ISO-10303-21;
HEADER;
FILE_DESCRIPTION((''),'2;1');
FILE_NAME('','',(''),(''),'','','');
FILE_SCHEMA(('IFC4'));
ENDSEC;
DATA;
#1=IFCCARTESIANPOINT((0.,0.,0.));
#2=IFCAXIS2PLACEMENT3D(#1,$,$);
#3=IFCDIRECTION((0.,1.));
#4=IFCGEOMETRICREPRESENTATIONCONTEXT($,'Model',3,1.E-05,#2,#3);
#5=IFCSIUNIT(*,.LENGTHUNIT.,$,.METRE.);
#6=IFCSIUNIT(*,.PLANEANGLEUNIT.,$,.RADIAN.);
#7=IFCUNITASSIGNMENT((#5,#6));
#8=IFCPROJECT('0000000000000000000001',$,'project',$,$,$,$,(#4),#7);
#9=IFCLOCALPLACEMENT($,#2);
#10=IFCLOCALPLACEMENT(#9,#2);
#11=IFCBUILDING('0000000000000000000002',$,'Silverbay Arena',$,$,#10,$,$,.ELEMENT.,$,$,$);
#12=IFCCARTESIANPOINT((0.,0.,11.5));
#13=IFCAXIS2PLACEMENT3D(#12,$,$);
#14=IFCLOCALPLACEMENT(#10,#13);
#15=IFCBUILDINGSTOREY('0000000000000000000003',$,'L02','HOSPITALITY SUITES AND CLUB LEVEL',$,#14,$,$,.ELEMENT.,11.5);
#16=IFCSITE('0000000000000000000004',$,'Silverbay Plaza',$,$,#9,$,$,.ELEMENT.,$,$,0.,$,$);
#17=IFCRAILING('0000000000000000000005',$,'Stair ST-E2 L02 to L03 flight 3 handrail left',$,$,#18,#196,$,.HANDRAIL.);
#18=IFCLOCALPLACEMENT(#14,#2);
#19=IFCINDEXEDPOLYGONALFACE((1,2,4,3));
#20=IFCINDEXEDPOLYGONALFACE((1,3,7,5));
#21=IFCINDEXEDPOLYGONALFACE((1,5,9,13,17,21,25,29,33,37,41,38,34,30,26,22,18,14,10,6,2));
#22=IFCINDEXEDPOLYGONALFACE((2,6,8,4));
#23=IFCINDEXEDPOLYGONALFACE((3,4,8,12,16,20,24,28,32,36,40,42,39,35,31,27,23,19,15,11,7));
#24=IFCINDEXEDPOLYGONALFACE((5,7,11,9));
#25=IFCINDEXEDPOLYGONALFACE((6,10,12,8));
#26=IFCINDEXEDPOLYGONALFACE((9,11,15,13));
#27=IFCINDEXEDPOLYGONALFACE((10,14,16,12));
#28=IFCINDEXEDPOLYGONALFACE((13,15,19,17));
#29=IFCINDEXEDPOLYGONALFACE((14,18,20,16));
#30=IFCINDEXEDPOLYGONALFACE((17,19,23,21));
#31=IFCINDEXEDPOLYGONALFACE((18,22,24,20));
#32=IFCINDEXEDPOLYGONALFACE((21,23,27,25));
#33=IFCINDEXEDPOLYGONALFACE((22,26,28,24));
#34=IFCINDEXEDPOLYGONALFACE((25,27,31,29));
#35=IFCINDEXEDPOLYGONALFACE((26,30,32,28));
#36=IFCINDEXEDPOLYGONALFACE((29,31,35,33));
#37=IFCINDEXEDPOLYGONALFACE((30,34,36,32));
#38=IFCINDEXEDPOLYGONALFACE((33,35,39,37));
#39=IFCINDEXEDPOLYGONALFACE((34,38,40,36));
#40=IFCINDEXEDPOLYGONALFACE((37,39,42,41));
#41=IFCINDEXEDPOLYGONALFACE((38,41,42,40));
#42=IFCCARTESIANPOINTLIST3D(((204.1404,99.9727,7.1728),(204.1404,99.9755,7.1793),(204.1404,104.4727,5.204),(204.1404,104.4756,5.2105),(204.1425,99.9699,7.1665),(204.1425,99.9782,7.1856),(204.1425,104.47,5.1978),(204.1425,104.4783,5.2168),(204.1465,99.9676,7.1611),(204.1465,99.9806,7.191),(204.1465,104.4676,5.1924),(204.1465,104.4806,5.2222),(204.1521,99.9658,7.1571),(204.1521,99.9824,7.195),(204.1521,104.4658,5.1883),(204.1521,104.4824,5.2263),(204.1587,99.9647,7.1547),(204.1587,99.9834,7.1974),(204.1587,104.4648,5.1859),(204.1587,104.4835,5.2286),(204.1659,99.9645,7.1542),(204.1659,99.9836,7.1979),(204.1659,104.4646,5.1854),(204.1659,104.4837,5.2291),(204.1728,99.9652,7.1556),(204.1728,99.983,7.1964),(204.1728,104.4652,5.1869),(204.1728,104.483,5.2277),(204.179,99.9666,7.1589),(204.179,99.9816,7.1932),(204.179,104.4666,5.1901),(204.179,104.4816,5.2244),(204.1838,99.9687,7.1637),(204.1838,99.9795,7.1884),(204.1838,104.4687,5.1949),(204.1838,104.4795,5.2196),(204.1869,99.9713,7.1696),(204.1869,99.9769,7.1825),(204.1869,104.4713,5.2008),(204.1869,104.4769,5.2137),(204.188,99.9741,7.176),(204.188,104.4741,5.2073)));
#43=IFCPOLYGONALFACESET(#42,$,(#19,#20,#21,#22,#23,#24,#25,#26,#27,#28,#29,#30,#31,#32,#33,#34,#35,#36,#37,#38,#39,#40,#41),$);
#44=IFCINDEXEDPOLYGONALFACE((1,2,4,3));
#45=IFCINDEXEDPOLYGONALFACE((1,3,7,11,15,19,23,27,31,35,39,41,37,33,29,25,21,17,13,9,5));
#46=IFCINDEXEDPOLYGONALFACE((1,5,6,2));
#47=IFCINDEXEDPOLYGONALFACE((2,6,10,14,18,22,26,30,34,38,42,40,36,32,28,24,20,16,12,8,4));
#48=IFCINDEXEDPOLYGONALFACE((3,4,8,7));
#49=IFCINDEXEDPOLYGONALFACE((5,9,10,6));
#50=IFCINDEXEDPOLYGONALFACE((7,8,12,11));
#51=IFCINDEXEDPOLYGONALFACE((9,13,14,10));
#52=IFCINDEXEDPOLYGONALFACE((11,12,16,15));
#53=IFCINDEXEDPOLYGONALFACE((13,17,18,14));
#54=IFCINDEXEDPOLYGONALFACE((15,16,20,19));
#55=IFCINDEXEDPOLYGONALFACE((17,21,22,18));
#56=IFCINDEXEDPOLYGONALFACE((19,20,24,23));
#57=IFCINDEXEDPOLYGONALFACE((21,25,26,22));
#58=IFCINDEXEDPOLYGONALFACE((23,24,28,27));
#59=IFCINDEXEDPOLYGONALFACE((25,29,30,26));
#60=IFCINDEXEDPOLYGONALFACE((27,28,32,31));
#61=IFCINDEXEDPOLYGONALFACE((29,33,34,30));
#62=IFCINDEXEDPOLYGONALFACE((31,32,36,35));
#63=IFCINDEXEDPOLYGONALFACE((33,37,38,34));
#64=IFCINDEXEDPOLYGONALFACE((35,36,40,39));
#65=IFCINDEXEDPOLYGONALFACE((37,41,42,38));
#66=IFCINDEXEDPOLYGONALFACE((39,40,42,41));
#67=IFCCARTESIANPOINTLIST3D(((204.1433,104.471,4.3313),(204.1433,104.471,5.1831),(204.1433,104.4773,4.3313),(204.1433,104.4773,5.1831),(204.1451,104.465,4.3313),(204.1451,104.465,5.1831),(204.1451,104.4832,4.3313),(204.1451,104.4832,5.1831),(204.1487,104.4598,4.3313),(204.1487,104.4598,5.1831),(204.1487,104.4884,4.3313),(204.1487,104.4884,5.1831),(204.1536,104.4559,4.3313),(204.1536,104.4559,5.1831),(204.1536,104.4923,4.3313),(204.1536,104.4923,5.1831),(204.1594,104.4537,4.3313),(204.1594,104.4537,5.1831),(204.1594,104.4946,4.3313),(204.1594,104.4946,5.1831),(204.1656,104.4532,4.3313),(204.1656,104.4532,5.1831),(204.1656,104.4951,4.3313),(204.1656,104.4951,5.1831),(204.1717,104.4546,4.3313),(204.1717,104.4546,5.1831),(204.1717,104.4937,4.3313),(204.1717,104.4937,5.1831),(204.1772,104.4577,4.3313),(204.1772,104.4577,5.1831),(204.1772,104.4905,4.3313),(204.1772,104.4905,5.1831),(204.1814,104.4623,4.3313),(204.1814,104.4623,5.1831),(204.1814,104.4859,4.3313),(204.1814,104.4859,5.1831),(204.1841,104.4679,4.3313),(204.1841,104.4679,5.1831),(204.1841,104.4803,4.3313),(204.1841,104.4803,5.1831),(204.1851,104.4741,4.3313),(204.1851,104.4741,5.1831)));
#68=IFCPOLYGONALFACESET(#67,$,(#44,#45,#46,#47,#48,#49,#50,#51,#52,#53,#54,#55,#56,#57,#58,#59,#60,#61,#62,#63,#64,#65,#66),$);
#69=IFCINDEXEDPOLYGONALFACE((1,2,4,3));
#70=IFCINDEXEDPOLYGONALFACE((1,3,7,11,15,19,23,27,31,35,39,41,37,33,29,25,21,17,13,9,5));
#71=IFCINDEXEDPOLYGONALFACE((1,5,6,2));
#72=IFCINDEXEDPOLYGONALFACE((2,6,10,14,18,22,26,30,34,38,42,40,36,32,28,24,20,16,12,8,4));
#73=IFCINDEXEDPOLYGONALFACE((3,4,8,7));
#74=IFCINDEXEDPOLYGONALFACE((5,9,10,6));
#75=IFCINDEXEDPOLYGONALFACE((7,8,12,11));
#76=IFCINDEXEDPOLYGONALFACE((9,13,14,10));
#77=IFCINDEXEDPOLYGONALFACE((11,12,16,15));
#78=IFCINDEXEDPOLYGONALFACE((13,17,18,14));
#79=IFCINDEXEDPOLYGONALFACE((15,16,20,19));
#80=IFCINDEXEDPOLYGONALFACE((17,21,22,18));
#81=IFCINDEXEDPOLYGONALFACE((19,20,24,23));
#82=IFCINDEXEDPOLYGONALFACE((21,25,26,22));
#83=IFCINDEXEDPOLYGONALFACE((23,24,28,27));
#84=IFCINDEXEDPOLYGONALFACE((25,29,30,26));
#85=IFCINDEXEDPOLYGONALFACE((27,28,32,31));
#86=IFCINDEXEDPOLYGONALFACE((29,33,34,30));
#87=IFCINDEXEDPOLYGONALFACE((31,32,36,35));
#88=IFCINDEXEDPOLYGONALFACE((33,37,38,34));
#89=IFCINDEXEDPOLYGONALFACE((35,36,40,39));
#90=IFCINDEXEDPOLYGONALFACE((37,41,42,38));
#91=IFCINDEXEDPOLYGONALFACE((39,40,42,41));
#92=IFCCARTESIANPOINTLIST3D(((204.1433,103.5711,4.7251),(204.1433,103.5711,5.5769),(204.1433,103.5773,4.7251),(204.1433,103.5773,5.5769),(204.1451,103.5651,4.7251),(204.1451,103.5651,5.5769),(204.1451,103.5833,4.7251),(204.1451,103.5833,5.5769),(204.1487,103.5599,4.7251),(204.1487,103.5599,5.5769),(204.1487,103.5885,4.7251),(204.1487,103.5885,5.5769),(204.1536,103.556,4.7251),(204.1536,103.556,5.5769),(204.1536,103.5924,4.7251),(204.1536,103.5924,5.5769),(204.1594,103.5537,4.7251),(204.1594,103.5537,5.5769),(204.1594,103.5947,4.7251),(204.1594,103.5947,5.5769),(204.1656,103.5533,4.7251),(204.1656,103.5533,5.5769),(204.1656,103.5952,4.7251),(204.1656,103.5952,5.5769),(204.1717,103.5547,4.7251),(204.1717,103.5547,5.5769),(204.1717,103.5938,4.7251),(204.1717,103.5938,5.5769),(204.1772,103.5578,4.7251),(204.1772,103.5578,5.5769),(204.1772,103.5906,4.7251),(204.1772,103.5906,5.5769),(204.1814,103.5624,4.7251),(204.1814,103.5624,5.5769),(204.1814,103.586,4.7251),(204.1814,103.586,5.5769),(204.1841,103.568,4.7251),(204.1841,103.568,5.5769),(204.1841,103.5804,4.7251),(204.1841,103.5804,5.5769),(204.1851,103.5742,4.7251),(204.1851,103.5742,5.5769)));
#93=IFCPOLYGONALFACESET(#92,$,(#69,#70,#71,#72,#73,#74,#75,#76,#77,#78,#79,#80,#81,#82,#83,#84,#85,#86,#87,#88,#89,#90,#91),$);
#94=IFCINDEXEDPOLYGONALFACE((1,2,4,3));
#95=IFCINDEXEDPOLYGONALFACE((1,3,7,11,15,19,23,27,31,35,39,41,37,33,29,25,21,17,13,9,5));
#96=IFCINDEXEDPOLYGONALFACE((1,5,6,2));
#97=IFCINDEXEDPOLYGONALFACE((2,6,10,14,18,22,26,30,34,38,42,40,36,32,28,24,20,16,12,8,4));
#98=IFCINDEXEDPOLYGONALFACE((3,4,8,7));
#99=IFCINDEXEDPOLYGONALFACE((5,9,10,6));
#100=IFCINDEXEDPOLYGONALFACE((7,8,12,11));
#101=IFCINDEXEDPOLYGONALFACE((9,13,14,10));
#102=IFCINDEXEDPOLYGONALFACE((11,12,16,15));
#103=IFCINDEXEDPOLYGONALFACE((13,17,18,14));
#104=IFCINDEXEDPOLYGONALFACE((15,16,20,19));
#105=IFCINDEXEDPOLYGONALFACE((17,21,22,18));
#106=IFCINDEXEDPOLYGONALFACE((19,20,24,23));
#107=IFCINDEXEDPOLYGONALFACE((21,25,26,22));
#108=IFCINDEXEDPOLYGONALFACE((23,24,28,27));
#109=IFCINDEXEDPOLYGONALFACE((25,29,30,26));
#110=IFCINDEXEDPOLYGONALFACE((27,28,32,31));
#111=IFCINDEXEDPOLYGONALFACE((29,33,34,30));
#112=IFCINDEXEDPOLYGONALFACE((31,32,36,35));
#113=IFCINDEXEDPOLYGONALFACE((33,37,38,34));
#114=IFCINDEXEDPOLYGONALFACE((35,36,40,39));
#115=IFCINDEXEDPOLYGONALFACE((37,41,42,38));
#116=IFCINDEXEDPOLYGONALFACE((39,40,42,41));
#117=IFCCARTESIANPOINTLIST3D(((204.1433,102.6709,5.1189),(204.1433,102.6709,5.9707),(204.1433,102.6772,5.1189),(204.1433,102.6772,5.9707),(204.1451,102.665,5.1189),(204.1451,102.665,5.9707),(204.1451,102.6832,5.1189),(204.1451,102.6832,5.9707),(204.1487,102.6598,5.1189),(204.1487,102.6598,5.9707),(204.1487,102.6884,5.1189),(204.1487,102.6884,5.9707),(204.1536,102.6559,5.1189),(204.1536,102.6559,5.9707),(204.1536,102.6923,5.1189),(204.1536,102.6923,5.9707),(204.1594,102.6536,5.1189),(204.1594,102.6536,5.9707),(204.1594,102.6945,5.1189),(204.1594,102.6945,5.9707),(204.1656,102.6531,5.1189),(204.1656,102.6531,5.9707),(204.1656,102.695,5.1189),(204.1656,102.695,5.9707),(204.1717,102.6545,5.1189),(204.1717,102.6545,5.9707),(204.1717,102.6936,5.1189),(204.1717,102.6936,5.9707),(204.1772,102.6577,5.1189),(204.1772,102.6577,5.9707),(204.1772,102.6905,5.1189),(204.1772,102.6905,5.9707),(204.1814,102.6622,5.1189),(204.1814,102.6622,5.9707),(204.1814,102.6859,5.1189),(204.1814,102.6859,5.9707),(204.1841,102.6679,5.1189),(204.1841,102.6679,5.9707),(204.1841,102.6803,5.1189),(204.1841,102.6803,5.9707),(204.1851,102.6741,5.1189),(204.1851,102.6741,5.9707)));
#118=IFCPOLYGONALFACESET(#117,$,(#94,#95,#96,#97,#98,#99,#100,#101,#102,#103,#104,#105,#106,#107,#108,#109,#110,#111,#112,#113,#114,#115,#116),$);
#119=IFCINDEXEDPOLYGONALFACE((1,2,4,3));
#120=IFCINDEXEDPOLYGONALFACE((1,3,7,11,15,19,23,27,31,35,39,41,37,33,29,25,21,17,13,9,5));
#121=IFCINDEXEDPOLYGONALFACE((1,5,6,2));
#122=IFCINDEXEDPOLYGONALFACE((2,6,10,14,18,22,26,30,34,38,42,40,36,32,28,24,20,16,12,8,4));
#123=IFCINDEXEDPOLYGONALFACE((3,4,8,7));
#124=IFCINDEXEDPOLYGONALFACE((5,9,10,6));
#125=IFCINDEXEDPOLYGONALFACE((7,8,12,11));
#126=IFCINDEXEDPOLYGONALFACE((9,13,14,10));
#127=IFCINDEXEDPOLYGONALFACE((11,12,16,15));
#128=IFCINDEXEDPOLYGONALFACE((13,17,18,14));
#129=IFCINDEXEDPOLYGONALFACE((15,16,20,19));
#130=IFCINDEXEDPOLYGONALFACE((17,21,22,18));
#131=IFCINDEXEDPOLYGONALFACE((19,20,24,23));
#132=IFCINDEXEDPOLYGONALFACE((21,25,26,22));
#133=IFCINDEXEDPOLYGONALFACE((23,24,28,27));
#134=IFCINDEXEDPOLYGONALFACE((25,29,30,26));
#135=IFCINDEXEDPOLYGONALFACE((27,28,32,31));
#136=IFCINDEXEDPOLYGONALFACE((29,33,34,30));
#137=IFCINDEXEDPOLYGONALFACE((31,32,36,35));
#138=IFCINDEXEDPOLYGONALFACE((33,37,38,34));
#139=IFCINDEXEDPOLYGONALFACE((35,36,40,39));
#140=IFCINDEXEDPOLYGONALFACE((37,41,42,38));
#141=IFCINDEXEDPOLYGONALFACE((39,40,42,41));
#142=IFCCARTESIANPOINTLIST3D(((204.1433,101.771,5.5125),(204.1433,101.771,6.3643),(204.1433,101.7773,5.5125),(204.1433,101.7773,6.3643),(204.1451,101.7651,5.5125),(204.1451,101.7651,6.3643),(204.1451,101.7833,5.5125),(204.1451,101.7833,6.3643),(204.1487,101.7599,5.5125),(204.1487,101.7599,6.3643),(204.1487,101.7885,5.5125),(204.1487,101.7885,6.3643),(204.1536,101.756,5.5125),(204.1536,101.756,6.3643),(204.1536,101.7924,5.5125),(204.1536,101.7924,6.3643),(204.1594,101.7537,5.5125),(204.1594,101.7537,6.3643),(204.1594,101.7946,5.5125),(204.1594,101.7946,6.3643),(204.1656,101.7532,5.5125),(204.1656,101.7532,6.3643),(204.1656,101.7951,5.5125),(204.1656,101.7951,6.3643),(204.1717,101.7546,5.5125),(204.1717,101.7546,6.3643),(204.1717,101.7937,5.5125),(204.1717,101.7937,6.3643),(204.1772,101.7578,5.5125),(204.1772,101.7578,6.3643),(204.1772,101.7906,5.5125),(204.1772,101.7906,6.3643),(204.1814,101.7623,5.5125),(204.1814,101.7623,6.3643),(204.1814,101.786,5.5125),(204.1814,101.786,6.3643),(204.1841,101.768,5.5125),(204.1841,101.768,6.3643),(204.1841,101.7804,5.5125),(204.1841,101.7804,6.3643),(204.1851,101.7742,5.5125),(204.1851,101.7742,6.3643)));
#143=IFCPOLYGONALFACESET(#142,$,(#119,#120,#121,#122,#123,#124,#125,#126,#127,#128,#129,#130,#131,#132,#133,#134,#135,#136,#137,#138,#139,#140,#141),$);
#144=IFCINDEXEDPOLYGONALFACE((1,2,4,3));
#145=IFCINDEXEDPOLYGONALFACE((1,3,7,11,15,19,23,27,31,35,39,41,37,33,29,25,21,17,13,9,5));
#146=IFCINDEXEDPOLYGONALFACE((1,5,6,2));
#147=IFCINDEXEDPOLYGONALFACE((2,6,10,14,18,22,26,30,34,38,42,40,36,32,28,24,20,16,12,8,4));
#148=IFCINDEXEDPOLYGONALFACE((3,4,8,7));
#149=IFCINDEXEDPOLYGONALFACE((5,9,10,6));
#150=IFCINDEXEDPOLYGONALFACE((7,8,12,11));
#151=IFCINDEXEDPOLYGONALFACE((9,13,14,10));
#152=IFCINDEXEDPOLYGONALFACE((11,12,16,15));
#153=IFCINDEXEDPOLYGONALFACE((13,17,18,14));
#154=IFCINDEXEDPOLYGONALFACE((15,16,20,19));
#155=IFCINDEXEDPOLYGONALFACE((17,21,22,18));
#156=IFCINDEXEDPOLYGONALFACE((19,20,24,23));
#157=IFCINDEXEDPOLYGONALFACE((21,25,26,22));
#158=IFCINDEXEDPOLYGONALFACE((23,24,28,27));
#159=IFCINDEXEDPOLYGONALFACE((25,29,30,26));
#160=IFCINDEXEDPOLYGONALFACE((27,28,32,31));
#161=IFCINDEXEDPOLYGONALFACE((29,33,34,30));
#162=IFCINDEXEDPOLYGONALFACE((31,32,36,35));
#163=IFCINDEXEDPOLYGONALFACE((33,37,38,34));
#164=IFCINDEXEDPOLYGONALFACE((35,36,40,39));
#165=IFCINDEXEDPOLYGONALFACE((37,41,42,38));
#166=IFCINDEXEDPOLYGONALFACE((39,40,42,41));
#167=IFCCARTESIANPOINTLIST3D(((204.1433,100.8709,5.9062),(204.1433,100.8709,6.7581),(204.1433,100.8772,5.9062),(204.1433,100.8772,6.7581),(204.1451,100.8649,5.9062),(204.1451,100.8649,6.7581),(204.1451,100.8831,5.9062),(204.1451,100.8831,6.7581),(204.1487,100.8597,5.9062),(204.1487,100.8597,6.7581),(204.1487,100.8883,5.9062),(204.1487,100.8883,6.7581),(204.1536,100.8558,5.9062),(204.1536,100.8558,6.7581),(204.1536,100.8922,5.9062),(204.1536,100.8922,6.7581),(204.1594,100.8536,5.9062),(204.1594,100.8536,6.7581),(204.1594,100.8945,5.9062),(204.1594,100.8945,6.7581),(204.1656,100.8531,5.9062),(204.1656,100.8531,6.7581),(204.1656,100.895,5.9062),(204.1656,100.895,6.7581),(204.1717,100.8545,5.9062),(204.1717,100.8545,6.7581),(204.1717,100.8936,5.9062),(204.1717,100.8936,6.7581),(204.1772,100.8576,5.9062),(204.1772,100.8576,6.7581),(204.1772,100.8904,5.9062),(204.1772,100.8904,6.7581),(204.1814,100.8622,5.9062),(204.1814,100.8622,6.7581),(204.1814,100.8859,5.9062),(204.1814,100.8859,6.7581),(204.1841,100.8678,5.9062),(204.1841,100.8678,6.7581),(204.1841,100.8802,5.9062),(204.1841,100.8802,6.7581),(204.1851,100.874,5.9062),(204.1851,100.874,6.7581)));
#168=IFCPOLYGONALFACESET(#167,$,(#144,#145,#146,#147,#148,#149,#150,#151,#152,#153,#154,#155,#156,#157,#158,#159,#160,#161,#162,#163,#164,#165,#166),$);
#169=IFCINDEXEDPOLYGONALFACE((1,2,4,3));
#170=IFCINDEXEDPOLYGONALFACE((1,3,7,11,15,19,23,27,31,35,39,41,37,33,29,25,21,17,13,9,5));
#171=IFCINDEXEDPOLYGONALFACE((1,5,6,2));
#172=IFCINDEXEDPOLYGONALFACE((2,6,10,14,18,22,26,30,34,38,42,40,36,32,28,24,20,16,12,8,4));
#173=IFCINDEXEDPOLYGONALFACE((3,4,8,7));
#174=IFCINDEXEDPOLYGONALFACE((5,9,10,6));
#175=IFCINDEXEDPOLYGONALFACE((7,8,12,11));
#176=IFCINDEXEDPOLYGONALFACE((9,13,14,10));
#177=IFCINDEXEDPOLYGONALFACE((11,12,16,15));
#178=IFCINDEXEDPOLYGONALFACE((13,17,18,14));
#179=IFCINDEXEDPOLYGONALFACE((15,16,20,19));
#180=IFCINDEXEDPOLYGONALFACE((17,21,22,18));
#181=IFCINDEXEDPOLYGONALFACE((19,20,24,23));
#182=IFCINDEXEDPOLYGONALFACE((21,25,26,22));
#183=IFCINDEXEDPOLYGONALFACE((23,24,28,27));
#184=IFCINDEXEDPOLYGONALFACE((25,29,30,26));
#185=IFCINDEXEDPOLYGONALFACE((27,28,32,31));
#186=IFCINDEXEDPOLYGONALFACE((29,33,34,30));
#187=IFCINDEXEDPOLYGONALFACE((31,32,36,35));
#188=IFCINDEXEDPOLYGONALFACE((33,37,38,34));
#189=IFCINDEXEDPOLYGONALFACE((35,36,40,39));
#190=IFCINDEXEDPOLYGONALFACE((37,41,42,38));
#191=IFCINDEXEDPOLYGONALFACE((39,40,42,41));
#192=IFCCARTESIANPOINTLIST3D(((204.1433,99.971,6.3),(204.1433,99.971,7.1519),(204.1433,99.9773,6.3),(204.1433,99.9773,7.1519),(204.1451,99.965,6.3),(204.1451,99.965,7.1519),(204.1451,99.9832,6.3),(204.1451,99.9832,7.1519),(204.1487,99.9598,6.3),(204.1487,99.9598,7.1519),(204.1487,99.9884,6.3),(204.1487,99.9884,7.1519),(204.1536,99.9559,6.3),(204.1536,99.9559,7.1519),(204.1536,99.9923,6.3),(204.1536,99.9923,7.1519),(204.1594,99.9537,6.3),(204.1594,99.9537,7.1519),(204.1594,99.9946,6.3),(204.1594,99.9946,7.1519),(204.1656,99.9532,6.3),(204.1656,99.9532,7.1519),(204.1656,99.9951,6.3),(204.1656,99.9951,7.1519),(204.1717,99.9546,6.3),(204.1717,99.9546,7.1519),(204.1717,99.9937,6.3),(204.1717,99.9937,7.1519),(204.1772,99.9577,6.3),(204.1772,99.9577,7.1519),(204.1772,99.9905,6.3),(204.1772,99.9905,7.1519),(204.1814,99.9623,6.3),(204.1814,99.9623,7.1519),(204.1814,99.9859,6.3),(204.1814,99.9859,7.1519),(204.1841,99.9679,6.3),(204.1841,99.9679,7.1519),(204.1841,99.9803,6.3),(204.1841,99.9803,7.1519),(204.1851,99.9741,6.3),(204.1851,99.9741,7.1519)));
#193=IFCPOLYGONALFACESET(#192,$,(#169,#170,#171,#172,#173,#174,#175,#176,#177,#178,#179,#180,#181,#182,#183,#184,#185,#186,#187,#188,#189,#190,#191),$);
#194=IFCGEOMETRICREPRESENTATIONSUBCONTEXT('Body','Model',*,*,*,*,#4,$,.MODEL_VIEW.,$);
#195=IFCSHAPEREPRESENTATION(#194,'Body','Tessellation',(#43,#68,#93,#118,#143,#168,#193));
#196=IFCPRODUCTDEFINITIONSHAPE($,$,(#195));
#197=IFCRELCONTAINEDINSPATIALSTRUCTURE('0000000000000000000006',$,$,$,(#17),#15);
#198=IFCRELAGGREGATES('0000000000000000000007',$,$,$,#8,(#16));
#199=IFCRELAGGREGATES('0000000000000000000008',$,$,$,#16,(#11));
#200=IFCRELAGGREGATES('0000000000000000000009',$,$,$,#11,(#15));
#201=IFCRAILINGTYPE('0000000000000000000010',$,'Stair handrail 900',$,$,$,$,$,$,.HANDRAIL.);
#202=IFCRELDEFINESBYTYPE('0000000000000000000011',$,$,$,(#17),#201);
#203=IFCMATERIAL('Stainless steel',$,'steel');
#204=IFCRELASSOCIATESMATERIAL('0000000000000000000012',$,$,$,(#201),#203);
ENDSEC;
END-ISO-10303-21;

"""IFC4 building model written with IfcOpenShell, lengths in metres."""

from ifc_helpers import new_model, si_unit, direction, frame, origin, origin_2d, place, context, subcontext, project, spatial, circle, extrude, material, type_object, element, save


model = new_model("IFC4")

# Units and contexts
model_context = context("Model", 3, precision=1e-05, world=origin(), true_north=direction((0.0, 1.0)))
body_context = subcontext(model_context, "Body", "Model", "MODEL_VIEW")
ifc_project = project(units=[si_unit("LENGTHUNIT", "METRE"), si_unit("PLANEANGLEUNIT", "RADIAN")], contexts=[model_context])

# Site, building, storey
site_placement = place(None, origin())
site = spatial("IfcSite", under=ifc_project, at=site_placement, Name="Silverbay Plaza", CompositionType="ELEMENT", RefElevation=0.0)
building_placement = place(site_placement, origin())
building = spatial("IfcBuilding", under=site, at=building_placement, Name="Silverbay Arena", CompositionType="ELEMENT")
storey_placement = place(building_placement, frame((0.0, 0.0, 11.5)))
storey = spatial("IfcBuildingStorey", under=building, at=storey_placement, Name="L02", Description="HOSPITALITY SUITES AND CLUB LEVEL", CompositionType="ELEMENT", Elevation=11.5)

# Railing
ifc_material_1 = material(Name="Stainless steel", Category="steel")
railing_type_1 = type_object("IfcRailingType", Name="Stair handrail 900", PredefinedType="HANDRAIL", material=ifc_material_1)
railing_1_placement = place(storey_placement, frame((204.1641, 104.4741, 4.3313)))
element("IfcRailing", 1, at=railing_1_placement, inside=storey, type_object=railing_type_1, Name="Stair ST-E2 L02 to L03 flight 3 handrail left", PredefinedType="HANDRAIL", context=body_context, shape_type="SweptSolid", body=[
    extrude(circle(Radius=0.0239, at=origin_2d()), frame((0.0, 0.0, 0.876), z_axis=(0.0, -0.916157, 0.400819), x_axis=(1.0, 0.0, 0.0)), (0.0, 0.0, 1.0), 4.9119),
    extrude(circle(Radius=0.021, at=origin_2d()), origin(), (0.0, 0.0, 1.0), 0.8518),
    extrude(circle(Radius=0.021, at=origin_2d()), frame((0.0, -0.8999, 0.3938)), (0.0, 0.0, 1.0), 0.8518),
    extrude(circle(Radius=0.021, at=origin_2d()), frame((0.0, -1.8, 0.7876)), (0.0, 0.0, 1.0), 0.8518),
    extrude(circle(Radius=0.021, at=origin_2d()), frame((0.0, -2.7, 1.1812)), (0.0, 0.0, 1.0), 0.8518),
    extrude(circle(Radius=0.021, at=origin_2d()), frame((0.0, -3.6001, 1.575)), (0.0, 0.0, 1.0), 0.8518),
    extrude(circle(Radius=0.021, at=origin_2d()), frame((0.0, -4.5, 1.9688)), (0.0, 0.0, 1.0), 0.8518),
])

save(model, "model.ifc")
